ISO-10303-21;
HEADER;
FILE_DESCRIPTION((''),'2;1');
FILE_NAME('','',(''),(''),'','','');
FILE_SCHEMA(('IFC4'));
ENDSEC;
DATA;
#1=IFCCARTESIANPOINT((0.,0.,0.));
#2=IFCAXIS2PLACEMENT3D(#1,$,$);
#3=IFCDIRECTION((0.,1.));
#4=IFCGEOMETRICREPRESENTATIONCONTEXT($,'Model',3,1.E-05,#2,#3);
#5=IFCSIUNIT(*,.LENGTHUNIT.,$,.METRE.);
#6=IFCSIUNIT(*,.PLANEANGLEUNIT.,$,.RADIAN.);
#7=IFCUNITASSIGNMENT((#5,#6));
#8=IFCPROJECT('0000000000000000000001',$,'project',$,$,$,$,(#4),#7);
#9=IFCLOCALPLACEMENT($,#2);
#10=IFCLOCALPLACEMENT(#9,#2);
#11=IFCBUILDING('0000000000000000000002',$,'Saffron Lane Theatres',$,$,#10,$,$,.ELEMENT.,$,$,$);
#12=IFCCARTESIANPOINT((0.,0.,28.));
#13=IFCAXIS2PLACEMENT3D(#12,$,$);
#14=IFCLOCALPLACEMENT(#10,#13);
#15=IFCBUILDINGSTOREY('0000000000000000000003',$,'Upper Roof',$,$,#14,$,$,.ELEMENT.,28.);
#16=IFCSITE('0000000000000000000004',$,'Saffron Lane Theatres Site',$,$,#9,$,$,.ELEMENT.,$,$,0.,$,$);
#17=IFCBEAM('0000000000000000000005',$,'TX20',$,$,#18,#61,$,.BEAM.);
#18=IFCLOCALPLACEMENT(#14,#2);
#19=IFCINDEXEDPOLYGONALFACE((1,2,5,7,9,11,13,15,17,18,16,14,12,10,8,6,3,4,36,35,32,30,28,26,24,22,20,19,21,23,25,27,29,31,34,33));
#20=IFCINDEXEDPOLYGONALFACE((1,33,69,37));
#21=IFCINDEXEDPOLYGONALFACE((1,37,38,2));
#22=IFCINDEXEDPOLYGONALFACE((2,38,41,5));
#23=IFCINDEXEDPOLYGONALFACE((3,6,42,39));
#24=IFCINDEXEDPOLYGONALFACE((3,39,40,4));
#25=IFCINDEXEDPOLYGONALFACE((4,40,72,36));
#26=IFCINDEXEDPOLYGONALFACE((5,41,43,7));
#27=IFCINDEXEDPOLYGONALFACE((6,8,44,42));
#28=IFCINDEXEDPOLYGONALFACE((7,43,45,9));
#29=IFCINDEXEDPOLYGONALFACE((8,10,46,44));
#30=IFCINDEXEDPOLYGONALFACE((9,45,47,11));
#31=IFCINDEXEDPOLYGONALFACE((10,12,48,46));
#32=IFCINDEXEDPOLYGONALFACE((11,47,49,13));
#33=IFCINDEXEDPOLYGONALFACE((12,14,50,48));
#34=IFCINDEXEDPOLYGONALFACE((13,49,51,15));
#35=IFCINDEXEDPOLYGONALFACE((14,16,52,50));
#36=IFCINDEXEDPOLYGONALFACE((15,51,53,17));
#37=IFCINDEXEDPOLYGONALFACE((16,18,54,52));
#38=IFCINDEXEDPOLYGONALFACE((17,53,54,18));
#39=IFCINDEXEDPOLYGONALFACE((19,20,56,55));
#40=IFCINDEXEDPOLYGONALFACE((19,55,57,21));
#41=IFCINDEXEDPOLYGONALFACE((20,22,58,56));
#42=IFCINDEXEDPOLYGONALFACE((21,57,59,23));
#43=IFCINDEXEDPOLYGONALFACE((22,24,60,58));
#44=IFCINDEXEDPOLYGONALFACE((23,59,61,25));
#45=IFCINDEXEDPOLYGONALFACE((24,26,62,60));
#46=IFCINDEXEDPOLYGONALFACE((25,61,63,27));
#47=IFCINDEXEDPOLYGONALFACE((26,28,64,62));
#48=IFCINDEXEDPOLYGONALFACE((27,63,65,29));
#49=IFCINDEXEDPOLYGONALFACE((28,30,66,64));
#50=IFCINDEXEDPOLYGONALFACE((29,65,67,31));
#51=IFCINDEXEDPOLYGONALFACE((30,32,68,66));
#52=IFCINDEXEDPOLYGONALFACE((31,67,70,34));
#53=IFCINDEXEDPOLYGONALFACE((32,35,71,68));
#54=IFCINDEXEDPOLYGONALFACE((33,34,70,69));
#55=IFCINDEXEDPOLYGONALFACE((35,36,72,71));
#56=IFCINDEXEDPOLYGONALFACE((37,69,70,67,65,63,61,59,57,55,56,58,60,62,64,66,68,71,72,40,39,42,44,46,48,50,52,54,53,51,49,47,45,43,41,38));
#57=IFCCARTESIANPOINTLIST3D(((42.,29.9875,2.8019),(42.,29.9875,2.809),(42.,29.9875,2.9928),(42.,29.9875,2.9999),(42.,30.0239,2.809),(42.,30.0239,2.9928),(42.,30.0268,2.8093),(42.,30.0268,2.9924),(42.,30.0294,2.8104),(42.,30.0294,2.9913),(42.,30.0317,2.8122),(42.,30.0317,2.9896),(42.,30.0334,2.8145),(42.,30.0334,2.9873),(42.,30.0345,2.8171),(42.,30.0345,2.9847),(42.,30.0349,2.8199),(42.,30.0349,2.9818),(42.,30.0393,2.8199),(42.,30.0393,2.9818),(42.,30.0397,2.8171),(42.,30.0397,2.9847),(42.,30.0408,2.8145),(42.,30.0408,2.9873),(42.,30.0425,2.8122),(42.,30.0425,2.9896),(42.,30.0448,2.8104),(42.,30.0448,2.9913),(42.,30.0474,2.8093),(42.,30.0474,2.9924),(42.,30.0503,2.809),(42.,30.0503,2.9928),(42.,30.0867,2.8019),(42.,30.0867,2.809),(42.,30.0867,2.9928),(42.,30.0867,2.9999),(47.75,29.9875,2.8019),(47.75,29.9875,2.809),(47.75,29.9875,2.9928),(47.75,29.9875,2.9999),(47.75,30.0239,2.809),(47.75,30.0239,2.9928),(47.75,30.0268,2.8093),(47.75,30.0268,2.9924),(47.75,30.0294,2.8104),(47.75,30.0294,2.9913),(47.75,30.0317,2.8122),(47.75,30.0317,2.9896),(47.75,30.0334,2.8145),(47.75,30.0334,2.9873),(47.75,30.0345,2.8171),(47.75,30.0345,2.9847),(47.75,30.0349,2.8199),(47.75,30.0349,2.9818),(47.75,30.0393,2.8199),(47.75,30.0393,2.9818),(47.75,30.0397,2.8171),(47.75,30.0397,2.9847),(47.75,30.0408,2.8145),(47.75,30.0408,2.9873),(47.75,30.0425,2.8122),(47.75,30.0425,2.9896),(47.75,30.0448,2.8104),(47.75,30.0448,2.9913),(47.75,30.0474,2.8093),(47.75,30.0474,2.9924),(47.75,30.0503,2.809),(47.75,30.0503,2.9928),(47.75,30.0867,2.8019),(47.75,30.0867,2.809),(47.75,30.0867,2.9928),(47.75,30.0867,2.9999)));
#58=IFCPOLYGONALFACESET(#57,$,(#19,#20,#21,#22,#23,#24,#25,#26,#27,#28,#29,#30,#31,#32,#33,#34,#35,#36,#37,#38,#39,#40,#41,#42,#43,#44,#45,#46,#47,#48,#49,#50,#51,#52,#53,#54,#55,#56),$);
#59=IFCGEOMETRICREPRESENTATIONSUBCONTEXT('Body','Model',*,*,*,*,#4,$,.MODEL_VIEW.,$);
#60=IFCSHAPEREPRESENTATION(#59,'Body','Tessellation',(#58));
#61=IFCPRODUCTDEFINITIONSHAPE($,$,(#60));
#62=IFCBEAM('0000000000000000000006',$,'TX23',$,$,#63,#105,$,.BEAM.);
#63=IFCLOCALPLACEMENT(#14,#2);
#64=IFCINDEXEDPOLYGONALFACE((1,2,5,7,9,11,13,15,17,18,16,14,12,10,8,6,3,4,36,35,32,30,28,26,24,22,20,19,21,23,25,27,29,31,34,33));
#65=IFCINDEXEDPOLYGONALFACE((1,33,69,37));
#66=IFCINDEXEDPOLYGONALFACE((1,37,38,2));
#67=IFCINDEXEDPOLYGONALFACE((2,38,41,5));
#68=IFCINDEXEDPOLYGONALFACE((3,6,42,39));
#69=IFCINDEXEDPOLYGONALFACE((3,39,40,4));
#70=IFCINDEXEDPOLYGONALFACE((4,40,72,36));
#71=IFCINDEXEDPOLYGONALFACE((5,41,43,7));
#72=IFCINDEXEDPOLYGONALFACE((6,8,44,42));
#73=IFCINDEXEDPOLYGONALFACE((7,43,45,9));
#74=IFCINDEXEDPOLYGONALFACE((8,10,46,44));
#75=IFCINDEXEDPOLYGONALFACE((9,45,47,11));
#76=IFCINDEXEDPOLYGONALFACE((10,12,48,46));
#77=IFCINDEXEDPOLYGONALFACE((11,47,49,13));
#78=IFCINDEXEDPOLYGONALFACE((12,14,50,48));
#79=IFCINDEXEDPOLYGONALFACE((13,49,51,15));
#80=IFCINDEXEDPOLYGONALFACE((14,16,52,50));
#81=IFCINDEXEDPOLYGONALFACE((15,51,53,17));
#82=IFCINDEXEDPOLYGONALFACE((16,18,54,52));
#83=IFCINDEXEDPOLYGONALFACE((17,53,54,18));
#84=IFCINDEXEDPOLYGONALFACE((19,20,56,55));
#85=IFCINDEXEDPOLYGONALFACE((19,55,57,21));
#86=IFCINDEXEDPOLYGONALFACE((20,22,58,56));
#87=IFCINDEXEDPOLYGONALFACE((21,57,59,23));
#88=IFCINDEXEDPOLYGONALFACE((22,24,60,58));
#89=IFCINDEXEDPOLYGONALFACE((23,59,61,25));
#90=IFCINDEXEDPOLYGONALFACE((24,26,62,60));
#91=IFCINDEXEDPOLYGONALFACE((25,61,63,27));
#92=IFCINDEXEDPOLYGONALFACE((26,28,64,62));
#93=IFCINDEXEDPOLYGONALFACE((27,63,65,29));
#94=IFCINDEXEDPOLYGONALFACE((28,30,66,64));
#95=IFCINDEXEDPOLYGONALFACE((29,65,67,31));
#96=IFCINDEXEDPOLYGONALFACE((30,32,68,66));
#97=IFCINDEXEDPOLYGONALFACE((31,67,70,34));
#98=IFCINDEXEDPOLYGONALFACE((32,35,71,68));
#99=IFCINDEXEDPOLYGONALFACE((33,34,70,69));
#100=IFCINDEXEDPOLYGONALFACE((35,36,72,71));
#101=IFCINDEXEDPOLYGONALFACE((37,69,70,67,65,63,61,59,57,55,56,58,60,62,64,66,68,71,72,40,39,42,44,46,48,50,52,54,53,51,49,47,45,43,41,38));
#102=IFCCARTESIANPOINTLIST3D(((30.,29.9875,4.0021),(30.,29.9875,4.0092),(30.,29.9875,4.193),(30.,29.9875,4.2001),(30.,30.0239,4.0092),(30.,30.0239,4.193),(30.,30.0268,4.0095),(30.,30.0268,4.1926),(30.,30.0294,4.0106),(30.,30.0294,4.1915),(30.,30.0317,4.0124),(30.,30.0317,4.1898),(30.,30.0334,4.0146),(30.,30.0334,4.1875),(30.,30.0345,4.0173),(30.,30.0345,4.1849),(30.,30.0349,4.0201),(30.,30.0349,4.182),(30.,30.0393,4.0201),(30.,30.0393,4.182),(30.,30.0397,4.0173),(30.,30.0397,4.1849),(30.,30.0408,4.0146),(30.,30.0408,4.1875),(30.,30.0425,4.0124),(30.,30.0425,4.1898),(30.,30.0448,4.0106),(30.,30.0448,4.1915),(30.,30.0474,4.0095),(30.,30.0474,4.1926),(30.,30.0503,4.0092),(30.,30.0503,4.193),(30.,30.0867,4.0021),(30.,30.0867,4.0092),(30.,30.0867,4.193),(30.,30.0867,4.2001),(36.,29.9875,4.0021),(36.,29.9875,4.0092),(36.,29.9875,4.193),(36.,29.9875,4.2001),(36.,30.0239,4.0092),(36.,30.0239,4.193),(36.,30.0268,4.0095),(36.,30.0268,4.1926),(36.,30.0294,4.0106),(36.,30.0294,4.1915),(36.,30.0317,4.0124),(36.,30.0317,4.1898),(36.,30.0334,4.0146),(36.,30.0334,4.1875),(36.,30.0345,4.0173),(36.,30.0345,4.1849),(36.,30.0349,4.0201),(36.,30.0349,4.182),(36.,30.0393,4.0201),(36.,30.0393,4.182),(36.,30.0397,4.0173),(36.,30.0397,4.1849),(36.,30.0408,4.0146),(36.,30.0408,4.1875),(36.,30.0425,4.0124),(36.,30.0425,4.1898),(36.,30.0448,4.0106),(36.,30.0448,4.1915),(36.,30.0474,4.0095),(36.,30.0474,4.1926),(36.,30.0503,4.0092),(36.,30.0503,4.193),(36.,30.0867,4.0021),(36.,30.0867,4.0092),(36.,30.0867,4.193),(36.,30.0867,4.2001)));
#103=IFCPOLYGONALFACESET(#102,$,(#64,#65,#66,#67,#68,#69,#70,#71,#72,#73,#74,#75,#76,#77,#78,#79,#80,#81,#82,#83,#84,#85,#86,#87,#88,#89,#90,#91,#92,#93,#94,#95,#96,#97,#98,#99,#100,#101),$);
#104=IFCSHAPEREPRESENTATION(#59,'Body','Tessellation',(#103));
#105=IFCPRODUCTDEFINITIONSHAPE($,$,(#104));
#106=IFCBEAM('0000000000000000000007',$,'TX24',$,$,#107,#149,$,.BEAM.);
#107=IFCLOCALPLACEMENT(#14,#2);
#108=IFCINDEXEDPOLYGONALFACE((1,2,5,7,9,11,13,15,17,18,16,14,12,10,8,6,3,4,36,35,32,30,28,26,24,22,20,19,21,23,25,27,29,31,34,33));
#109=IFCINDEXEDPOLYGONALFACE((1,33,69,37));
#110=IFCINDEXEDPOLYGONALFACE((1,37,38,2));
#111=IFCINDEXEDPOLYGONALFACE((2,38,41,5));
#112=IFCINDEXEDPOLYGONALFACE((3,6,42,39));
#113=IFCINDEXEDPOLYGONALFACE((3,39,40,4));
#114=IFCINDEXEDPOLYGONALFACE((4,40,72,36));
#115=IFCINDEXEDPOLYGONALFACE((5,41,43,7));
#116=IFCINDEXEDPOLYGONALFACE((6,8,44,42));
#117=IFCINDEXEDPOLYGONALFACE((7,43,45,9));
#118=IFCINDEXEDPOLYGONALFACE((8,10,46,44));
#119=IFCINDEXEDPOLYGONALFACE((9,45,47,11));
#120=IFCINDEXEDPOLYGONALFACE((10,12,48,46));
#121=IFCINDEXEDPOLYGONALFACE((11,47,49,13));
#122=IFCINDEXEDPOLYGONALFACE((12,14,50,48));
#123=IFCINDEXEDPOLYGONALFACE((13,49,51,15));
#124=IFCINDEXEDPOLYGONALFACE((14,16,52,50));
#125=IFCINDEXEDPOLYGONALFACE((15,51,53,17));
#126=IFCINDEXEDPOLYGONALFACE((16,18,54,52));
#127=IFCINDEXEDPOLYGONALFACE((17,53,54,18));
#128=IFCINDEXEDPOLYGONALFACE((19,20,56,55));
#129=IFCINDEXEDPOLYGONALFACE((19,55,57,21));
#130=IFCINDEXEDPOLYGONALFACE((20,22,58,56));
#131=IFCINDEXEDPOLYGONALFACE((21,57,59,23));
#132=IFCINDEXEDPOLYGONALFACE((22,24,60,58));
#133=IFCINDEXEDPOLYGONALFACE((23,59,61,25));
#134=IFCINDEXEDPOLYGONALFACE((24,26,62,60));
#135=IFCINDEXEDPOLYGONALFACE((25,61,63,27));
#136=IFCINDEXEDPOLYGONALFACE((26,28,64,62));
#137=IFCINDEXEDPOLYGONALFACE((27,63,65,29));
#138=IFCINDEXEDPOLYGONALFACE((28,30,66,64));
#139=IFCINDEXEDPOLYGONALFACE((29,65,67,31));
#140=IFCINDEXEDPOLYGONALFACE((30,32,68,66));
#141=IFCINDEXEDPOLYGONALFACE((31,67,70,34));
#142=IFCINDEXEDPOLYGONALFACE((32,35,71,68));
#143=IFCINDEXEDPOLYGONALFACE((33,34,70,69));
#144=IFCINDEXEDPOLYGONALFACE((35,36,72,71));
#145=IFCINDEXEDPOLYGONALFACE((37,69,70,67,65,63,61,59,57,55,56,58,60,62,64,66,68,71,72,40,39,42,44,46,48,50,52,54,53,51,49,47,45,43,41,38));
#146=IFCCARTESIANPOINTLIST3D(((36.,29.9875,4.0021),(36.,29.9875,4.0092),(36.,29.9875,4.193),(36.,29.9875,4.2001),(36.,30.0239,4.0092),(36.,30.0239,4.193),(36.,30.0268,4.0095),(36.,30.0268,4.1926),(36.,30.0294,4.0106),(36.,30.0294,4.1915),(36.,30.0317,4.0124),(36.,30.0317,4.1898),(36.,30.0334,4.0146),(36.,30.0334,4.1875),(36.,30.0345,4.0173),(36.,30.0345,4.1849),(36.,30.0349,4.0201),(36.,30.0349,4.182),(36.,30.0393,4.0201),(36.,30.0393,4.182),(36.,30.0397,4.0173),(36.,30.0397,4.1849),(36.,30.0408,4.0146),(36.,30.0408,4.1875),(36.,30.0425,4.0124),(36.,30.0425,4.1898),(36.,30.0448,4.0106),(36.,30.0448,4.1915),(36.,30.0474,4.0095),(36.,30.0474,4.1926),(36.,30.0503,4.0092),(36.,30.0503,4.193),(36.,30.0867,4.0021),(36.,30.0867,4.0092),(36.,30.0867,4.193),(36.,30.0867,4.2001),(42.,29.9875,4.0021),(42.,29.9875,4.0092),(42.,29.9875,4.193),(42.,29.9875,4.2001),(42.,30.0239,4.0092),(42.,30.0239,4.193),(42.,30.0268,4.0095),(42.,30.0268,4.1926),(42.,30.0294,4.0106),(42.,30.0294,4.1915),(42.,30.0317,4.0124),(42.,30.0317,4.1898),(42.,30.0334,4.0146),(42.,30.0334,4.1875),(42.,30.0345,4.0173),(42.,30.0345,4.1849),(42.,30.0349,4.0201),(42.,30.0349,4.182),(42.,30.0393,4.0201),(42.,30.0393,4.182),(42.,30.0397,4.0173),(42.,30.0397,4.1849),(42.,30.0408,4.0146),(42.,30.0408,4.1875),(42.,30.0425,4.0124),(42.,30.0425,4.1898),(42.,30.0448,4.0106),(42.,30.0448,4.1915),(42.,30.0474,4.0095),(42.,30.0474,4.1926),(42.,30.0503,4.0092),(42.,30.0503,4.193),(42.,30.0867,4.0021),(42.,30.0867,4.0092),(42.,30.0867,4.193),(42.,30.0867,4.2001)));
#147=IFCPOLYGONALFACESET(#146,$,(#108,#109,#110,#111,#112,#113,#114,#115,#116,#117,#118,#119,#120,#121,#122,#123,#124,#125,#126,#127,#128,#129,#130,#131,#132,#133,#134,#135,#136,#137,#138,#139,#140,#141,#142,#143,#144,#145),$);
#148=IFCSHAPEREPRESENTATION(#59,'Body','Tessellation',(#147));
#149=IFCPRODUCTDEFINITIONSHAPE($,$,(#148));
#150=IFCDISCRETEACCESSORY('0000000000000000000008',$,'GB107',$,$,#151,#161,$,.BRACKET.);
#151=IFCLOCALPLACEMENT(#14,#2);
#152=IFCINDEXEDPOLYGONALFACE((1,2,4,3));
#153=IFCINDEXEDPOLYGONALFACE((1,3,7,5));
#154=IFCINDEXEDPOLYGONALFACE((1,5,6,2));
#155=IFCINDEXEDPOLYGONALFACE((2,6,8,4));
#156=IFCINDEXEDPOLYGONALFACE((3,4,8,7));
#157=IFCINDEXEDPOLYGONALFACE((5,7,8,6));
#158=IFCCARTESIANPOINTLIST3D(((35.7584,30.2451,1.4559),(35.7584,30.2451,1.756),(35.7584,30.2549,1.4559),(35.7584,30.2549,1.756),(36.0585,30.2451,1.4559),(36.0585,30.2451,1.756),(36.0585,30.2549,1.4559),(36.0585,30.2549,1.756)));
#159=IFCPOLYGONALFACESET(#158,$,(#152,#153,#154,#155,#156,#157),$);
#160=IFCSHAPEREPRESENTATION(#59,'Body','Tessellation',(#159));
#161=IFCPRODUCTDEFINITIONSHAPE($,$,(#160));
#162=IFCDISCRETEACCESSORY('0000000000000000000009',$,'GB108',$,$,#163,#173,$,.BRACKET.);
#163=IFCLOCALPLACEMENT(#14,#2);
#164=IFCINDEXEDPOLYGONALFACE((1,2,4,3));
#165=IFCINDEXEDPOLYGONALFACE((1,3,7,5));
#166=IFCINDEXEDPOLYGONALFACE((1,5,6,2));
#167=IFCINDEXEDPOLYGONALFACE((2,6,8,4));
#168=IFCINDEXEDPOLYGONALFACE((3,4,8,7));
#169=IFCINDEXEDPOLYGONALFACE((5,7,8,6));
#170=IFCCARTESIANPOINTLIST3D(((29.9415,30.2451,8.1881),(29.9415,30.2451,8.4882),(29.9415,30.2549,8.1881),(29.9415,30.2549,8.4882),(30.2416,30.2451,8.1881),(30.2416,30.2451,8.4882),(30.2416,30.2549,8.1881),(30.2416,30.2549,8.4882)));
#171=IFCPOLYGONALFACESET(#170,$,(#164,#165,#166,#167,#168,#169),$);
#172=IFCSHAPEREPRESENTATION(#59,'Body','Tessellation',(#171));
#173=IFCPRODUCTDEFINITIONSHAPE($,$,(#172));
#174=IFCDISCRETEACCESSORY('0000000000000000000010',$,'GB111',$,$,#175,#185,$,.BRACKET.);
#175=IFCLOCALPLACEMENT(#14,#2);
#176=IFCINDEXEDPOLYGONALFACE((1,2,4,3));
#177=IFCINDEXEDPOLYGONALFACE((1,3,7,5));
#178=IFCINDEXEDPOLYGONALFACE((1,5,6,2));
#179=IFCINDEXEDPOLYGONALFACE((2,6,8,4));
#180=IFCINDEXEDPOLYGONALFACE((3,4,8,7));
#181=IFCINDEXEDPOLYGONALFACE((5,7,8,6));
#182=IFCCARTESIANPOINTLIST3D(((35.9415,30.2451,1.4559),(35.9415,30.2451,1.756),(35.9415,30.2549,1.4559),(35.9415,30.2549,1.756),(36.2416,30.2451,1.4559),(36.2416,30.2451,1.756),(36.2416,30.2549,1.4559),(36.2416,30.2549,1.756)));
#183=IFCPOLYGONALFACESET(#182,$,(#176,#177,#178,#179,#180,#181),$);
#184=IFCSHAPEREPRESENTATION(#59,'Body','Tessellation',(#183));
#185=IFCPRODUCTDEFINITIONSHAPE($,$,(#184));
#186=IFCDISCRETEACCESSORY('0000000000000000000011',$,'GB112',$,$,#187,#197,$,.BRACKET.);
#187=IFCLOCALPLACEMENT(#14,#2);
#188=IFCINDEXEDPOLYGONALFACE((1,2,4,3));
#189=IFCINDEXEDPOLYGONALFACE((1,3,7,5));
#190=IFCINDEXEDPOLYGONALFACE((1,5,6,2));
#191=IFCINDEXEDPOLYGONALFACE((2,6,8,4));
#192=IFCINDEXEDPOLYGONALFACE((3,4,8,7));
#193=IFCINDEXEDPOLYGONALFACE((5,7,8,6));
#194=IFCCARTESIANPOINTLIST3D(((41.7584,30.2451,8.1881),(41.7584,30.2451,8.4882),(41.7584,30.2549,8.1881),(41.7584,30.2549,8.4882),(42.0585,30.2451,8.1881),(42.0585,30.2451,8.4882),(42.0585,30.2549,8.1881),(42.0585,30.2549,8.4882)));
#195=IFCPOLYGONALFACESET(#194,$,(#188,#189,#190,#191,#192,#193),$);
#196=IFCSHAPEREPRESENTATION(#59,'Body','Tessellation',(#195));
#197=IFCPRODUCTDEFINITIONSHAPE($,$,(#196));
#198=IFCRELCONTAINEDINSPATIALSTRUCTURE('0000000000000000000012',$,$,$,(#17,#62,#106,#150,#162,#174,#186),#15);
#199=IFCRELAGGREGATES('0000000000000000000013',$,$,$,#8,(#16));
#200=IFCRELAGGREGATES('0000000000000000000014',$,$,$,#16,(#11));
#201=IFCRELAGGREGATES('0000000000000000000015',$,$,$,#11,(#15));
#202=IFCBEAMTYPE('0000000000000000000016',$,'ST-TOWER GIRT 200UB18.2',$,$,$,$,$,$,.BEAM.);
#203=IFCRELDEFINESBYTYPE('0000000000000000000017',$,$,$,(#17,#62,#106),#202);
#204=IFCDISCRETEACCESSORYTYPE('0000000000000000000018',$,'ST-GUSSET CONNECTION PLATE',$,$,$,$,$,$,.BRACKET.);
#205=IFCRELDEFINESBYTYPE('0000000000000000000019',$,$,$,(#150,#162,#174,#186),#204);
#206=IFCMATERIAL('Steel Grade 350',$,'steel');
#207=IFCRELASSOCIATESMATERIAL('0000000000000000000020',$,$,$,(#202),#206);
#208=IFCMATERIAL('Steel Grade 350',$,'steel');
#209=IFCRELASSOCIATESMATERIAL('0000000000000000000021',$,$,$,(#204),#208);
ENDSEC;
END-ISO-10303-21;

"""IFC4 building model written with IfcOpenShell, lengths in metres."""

from ifc_helpers import new_model, si_unit, direction, frame, origin, origin_2d, place, context, subcontext, project, spatial, rectangle, i_section, extrude, material, material_profile, profile_set, type_object, element, save


model = new_model("IFC4")

# Units and contexts
model_context = context("Model", 3, precision=1e-05, world=origin(), true_north=direction((0.0, 1.0)))
body_context = subcontext(model_context, "Body", "Model", "MODEL_VIEW")
ifc_project = project(units=[si_unit("LENGTHUNIT", "METRE"), si_unit("PLANEANGLEUNIT", "RADIAN")], contexts=[model_context])

# Site, building, storey
site_placement = place(None, origin())
site = spatial("IfcSite", under=ifc_project, at=site_placement, Name="Saffron Lane Theatres Site", CompositionType="ELEMENT", RefElevation=0.0)
building_placement = place(site_placement, origin())
building = spatial("IfcBuilding", under=site, at=building_placement, Name="Saffron Lane Theatres", CompositionType="ELEMENT")
storey_placement = place(building_placement, frame((0.0, 0.0, 28.0)))
storey = spatial("IfcBuildingStorey", under=building, at=storey_placement, Name="Upper Roof", CompositionType="ELEMENT", Elevation=28.0)

# Beams
ifc_material_1 = material(Name="Steel Grade 350", Category="steel")
ifc_material_profile_1 = material_profile(ifc_material_1, i_section(OverallWidth=0.0991, OverallDepth=0.198, WebThickness=0.0044, FlangeThickness=0.0071, FilletRadius=0.011, at=origin_2d()))
ifc_profile_set_1 = profile_set([ifc_material_profile_1], Name="Steel Grade 350")
beam_type_1 = type_object("IfcBeamType", Name="ST-TOWER GIRT 200UB18.2", PredefinedType="BEAM", material=ifc_profile_set_1)
beam_placement = place(storey_placement, frame((42.0, 30.0371, 2.9009), z_axis=(1.0, 0.0, 0.0), x_axis=(0.0, 1.0, 0.0)))
element("IfcBeam", 1, at=beam_placement, inside=storey, type_object=beam_type_1, Name="TX20", PredefinedType="BEAM", context=body_context, shape_type="SweptSolid", body=[
    extrude(i_section(OverallWidth=0.0991, OverallDepth=0.198, WebThickness=0.0044, FlangeThickness=0.0071, FilletRadius=0.011, at=origin_2d()), origin(), (0.0, 0.0, 1.0), 5.75),
])
for number, where, z_axis, x_axis, name in (
    (2, (30.0, 30.0371, 4.1011), (1.0, 0.0, 0.0), (0.0, 1.0, 0.0), "TX23"),
    (3, (36.0, 30.0371, 4.1011), (1.0, 0.0, 0.0), (0.0, 1.0, 0.0), "TX24"),
):
    element("IfcBeam", number, at=place(storey_placement, frame(where, z_axis=z_axis, x_axis=x_axis)), inside=storey, type_object=beam_type_1, Name=name, PredefinedType="BEAM", context=body_context, shape_type="SweptSolid", body=[
        extrude(i_section(OverallWidth=0.0991, OverallDepth=0.198, WebThickness=0.0044, FlangeThickness=0.0071, FilletRadius=0.011, at=origin_2d()), origin(), (0.0, 0.0, 1.0), 6.0),
    ])

# Discrete accessories
ifc_material_2 = material(Name="Steel Grade 350", Category="steel")
ifc_material_profile_2 = material_profile(ifc_material_2, rectangle(XDim=0.3, YDim=0.3, at=origin_2d()))
ifc_profile_set_2 = profile_set([ifc_material_profile_2], Name="Steel Grade 350")
discrete_accessory_type_1 = type_object("IfcDiscreteAccessoryType", Name="ST-GUSSET CONNECTION PLATE", PredefinedType="BRACKET", material=ifc_profile_set_2)
for number, where, z_axis, x_axis, name in (
    (4, (35.9084, 30.2451, 1.606), (0.0, 1.0, 0.0), (-1.0, 0.0, 0.0), "GB107"),
    (5, (30.0916, 30.2451, 8.3381), (0.0, 1.0, 0.0), (-1.0, 0.0, 0.0), "GB108"),
    (6, (36.0916, 30.2451, 1.606), (0.0, 1.0, 0.0), (-1.0, 0.0, 0.0), "GB111"),
    (7, (41.9084, 30.2451, 8.3381), (0.0, 1.0, 0.0), (-1.0, 0.0, 0.0), "GB112"),
):
    element("IfcDiscreteAccessory", number, at=place(storey_placement, frame(where, z_axis=z_axis, x_axis=x_axis)), inside=storey, type_object=discrete_accessory_type_1, Name=name, PredefinedType="BRACKET", context=body_context, shape_type="SweptSolid", body=[
        extrude(rectangle(XDim=0.3, YDim=0.3, at=origin_2d()), origin(), (0.0, 0.0, 1.0), 0.0098),
    ])

save(model, "model.ifc")
